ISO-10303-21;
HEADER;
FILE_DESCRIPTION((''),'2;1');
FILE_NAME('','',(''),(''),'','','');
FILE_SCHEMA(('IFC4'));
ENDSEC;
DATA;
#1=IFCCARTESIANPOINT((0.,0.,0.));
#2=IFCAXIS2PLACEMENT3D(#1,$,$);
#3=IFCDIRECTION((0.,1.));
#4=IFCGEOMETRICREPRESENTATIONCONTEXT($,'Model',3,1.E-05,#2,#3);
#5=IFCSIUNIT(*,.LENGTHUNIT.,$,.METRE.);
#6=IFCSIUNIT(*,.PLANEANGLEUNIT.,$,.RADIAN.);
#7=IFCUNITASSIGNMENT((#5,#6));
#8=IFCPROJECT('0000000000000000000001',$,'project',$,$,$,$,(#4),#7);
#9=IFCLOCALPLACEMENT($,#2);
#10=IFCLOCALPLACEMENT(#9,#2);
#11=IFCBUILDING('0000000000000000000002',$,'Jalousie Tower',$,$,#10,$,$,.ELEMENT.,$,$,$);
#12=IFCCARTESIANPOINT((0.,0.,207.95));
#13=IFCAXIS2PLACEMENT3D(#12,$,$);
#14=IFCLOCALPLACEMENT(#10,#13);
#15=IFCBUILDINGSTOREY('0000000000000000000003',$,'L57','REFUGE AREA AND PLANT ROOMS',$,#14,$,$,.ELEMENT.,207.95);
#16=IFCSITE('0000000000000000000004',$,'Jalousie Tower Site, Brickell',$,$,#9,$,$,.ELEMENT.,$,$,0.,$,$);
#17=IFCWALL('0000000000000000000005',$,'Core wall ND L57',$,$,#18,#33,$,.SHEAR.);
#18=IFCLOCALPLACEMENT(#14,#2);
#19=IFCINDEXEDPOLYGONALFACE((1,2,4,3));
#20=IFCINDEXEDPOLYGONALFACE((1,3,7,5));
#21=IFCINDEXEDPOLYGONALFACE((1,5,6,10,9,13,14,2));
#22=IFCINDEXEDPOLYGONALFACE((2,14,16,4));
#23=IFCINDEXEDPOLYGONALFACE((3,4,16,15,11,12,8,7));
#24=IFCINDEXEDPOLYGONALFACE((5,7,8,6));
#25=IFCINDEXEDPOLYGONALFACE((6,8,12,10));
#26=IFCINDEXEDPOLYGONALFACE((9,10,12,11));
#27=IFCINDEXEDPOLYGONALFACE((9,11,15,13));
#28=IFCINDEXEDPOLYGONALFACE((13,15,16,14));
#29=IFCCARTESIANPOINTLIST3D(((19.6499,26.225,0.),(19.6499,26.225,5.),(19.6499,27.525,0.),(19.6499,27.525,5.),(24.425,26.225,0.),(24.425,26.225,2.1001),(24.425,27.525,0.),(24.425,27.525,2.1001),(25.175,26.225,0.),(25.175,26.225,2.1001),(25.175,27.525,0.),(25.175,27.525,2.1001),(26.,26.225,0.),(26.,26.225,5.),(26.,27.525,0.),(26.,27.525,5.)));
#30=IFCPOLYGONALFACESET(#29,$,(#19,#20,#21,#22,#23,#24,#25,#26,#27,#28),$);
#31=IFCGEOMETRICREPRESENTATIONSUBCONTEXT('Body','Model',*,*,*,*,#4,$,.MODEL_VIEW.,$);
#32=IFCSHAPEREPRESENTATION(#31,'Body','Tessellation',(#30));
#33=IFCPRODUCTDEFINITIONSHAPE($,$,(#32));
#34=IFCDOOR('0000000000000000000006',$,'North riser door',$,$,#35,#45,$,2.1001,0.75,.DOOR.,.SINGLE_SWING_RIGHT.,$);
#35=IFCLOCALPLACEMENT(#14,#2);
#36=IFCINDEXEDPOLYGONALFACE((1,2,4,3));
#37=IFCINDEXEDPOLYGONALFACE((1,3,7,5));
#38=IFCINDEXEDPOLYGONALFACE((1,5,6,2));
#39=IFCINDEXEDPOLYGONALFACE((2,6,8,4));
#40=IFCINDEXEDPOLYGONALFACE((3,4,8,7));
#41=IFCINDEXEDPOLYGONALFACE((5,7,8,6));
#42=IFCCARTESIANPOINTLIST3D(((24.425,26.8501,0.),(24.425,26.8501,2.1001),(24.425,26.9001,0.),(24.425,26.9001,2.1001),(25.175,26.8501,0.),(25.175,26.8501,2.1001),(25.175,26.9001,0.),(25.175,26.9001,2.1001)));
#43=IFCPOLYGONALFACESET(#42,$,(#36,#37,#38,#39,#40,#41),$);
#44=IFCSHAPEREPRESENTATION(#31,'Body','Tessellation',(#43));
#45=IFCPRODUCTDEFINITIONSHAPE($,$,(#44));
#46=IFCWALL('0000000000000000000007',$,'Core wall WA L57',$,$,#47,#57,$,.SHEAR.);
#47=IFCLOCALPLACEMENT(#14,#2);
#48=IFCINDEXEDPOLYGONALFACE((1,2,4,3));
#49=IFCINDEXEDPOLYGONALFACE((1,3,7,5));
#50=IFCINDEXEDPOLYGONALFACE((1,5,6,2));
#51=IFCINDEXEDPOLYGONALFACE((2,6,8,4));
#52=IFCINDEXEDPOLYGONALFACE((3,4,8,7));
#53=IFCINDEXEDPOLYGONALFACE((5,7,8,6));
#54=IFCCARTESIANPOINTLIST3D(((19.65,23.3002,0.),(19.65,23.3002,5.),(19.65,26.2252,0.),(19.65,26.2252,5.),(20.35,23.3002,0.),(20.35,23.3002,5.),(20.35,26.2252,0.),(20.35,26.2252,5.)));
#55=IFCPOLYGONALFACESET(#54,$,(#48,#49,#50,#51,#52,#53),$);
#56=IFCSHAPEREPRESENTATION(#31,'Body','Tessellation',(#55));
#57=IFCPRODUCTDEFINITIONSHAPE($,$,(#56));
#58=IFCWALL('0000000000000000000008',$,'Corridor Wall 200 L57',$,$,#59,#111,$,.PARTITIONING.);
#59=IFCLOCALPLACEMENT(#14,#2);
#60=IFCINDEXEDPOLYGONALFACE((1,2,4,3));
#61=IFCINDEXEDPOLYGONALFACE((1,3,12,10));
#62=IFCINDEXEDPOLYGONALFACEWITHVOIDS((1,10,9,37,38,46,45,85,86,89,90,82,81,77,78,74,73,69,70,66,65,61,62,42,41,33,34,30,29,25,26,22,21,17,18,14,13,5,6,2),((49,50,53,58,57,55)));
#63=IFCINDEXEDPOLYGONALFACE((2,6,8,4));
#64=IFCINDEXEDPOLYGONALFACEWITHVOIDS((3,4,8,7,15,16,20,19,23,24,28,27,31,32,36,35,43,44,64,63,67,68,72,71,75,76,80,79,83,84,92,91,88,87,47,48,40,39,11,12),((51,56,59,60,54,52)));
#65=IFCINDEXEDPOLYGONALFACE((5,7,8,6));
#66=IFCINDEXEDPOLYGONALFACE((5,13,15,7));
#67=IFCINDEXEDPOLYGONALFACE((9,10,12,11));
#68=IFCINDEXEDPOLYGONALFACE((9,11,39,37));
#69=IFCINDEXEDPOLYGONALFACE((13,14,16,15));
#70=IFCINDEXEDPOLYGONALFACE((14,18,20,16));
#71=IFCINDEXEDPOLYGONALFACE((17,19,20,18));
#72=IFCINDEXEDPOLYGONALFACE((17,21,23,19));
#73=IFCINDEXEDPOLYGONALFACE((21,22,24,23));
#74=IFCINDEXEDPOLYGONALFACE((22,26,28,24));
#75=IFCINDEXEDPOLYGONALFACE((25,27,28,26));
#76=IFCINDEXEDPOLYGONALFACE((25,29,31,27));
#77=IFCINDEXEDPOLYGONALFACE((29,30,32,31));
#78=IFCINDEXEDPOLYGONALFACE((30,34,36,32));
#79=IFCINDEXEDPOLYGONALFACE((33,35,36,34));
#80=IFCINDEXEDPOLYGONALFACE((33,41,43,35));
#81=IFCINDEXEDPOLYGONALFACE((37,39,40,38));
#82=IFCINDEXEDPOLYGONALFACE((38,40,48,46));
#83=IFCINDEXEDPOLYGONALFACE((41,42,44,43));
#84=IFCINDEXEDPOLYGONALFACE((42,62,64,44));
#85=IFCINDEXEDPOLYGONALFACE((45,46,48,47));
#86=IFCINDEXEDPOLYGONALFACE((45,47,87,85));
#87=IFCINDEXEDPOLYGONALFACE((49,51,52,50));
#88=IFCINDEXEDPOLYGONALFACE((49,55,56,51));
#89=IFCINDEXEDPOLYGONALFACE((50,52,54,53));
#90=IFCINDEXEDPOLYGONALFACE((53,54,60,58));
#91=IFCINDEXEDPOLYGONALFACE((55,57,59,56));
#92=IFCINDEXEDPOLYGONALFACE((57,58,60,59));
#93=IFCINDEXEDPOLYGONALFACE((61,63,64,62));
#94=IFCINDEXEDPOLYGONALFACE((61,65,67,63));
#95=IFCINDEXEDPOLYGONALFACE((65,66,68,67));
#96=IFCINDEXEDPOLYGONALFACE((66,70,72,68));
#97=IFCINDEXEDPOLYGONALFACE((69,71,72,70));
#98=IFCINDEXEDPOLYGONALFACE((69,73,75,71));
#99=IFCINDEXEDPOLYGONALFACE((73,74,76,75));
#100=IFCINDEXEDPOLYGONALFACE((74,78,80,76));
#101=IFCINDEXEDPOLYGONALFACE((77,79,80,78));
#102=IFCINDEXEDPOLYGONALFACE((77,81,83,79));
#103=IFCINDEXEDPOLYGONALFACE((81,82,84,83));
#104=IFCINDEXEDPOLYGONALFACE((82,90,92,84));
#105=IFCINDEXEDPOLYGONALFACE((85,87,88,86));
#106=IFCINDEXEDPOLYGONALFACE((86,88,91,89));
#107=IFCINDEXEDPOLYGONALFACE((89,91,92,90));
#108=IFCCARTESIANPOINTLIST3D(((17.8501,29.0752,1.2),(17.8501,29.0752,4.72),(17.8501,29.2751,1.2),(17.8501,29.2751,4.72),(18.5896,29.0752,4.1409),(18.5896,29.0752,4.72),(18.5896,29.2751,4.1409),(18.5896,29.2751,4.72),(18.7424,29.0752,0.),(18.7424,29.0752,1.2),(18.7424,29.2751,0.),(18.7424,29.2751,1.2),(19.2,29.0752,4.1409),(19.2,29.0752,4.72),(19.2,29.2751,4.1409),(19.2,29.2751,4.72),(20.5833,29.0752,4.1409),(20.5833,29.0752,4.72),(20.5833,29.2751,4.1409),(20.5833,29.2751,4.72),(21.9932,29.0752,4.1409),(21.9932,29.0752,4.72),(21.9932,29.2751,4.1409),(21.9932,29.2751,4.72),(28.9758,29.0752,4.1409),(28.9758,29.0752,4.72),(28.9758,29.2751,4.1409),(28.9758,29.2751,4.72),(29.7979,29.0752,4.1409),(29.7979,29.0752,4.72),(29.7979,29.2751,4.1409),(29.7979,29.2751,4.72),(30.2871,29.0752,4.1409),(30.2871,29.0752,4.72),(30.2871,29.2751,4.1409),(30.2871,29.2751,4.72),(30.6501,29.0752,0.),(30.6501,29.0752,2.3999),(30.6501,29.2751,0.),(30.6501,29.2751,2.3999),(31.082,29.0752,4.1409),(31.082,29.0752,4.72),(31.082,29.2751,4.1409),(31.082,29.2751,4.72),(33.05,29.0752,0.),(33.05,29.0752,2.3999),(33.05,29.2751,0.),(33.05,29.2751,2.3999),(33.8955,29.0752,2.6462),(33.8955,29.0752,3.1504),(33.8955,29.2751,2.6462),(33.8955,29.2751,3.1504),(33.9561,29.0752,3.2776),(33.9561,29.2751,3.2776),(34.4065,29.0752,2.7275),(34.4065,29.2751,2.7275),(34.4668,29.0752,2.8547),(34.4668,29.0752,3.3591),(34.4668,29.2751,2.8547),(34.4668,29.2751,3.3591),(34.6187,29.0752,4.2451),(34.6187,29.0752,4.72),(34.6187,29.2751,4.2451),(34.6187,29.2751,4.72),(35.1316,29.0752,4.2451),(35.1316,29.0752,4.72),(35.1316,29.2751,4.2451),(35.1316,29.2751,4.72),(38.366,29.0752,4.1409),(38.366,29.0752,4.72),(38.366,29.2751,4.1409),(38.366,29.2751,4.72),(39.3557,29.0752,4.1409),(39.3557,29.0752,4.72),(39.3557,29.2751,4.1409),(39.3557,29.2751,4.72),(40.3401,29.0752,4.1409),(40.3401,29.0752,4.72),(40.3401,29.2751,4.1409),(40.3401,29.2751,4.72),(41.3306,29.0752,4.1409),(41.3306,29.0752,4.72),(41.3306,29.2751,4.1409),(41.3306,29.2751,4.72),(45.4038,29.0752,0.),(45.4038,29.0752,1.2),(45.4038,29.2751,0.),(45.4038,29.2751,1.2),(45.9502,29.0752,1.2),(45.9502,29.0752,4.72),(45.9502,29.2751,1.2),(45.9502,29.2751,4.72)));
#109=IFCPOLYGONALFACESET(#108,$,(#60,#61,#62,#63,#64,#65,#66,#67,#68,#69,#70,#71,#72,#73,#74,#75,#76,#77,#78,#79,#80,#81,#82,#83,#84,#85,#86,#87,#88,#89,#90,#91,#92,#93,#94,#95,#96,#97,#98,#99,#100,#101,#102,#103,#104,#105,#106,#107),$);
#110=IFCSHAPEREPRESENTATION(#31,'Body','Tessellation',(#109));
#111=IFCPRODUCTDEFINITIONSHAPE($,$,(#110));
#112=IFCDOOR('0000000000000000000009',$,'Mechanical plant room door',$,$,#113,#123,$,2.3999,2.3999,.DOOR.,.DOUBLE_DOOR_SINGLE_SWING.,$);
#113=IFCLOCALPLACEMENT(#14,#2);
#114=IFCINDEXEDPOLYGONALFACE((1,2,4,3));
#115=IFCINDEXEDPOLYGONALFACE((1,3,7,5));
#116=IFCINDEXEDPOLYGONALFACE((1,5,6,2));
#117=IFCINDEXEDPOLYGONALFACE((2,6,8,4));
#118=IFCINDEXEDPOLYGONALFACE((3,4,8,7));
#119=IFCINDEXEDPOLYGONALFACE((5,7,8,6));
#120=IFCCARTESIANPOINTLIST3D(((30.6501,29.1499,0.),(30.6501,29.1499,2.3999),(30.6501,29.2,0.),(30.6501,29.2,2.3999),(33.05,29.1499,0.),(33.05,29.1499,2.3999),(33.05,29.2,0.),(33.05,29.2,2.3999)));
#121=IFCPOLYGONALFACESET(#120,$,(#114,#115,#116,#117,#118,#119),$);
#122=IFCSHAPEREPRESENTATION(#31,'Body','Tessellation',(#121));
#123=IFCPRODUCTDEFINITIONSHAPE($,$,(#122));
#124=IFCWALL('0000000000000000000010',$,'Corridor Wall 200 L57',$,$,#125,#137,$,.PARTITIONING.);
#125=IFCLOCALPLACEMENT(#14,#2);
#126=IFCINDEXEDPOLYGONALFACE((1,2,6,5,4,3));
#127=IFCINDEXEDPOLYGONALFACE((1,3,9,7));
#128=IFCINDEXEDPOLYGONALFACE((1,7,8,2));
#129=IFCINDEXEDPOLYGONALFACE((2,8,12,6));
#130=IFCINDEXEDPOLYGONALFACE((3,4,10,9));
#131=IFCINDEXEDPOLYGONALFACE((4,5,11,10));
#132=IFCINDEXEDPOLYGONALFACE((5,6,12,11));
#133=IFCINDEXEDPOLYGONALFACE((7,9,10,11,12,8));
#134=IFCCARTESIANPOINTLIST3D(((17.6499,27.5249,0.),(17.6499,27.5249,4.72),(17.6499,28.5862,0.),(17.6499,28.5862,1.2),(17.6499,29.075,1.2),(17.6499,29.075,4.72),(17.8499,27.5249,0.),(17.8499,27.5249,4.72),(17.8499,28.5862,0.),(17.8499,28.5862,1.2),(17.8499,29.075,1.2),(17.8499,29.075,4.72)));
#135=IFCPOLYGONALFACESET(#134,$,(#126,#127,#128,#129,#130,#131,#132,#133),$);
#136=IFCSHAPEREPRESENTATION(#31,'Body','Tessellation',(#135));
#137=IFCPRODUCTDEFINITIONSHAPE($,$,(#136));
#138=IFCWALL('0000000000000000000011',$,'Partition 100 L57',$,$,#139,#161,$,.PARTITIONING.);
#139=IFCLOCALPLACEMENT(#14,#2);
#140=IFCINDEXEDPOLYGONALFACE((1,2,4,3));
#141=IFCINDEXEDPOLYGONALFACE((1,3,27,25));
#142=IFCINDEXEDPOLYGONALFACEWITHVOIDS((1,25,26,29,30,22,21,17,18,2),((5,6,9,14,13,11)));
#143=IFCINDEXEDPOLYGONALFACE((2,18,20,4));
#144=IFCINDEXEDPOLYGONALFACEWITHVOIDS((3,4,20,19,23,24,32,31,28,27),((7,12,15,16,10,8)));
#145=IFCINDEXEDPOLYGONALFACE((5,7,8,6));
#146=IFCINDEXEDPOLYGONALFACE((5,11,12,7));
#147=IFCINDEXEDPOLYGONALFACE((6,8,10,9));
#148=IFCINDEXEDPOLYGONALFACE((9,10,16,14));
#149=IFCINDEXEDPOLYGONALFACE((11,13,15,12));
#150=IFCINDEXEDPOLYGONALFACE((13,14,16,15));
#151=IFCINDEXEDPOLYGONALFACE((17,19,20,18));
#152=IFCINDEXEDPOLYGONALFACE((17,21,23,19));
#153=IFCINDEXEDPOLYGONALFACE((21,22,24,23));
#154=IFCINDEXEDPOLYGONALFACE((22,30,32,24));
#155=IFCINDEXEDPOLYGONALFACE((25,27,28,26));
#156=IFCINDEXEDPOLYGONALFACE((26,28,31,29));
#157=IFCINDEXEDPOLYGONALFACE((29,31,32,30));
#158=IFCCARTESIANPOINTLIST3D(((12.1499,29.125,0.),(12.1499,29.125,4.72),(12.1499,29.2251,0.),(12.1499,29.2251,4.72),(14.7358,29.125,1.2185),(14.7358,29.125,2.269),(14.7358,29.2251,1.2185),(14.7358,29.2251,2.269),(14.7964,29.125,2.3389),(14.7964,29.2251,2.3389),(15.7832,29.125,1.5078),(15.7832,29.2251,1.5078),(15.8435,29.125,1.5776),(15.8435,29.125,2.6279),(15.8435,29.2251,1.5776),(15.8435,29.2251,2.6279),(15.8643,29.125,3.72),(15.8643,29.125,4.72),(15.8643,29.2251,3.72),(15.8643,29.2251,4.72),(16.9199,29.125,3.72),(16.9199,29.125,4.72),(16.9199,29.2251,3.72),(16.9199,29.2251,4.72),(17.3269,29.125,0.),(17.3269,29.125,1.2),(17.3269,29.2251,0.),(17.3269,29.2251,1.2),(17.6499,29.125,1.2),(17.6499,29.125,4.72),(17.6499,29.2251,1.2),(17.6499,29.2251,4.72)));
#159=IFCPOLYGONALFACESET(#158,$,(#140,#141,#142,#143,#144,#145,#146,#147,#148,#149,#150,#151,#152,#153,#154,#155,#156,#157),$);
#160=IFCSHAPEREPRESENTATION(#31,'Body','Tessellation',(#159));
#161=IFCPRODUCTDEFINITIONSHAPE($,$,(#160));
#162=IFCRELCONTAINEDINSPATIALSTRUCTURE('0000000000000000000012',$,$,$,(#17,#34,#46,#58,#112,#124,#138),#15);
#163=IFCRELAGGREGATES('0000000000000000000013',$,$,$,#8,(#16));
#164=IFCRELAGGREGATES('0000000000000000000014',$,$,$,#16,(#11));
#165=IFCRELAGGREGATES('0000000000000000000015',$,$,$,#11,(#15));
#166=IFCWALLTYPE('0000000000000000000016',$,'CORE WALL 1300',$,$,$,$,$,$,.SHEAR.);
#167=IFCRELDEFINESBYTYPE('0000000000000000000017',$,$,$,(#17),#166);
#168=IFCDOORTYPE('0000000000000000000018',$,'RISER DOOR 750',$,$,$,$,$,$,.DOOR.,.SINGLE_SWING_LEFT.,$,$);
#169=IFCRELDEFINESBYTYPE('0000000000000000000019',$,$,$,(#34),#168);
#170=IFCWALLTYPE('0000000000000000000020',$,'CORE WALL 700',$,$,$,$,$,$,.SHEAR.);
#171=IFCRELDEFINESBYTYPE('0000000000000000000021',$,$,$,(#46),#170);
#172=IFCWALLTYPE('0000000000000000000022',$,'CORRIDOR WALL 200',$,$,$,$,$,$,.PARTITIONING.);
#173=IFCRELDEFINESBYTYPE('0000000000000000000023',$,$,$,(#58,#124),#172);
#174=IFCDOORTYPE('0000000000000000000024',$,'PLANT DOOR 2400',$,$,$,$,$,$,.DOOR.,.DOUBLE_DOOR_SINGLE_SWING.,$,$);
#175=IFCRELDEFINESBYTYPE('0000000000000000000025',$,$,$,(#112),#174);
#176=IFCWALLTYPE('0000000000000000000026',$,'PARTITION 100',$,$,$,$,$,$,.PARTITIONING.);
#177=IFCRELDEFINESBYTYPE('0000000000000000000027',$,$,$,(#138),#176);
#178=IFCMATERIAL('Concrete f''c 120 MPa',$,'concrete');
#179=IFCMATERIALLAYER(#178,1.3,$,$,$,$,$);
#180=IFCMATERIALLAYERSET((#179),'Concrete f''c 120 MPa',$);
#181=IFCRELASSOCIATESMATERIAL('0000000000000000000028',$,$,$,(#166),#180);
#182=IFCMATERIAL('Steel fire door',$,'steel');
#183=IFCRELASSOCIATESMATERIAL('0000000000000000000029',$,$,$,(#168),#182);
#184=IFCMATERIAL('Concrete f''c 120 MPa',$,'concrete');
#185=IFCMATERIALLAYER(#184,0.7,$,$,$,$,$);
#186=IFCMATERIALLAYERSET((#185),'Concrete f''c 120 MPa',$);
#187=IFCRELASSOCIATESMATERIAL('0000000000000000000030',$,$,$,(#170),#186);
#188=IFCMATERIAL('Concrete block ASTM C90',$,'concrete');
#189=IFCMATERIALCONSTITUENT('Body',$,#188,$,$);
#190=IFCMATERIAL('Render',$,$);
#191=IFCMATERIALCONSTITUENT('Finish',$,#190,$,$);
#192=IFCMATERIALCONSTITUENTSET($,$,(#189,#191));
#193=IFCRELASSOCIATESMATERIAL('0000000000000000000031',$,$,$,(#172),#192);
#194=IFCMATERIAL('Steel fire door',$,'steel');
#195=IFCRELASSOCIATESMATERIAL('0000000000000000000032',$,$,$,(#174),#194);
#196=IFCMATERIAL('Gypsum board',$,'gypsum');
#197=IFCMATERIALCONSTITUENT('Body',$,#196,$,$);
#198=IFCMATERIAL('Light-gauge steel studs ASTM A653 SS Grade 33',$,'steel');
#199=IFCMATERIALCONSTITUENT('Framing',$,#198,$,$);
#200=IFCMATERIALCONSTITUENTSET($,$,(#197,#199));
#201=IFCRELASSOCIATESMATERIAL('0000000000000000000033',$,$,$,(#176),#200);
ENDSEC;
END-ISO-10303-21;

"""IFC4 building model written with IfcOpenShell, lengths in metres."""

from ifc_helpers import new_model, si_unit, direction, frame, frame_2d, origin, place, context, subcontext, project, spatial, polyline, rectangle, outline, extrude, material, layer, layer_set, constituent, constituent_set, type_object, element, fill, save


model = new_model("IFC4")

# Units and contexts
model_context = context("Model", 3, precision=1e-05, world=origin(), true_north=direction((0.0, 1.0)))
body_context = subcontext(model_context, "Body", "Model", "MODEL_VIEW")
ifc_project = project(units=[si_unit("LENGTHUNIT", "METRE"), si_unit("PLANEANGLEUNIT", "RADIAN")], contexts=[model_context])

# Site, building, storey
site_placement = place(None, origin())
site = spatial("IfcSite", under=ifc_project, at=site_placement, Name="Jalousie Tower Site, Brickell", CompositionType="ELEMENT", RefElevation=0.0)
building_placement = place(site_placement, origin())
building = spatial("IfcBuilding", under=site, at=building_placement, Name="Jalousie Tower", CompositionType="ELEMENT")
storey_placement = place(building_placement, frame((0.0, 0.0, 207.95)))
storey = spatial("IfcBuildingStorey", under=building, at=storey_placement, Name="L57", Description="REFUGE AREA AND PLANT ROOMS", CompositionType="ELEMENT", Elevation=207.95)

# Wall, opening, door
ifc_material_1 = material(Name="Concrete f'c 120 MPa", Category="concrete")
ifc_layer_1 = layer(ifc_material_1, 1.3)
ifc_layer_set_1 = layer_set([ifc_layer_1], Name="Concrete f'c 120 MPa")
wall_type_1 = type_object("IfcWallType", Name="CORE WALL 1300", PredefinedType="SHEAR", material=ifc_layer_set_1)
wall_1_placement = place(storey_placement, frame((26.0, 26.875, 0.0), z_axis=(0.0, 0.0, 1.0), x_axis=(-1.0, 0.0, 0.0)))
wall_1 = element("IfcWall", 1, at=wall_1_placement, inside=storey, type_object=wall_type_1, Name="Core wall ND L57", PredefinedType="SHEAR", context=body_context, shape_type="SweptSolid", body=[
    extrude(rectangle(XDim=6.3501, YDim=1.3, at=frame_2d((3.175, 0.0))), origin(), (0.0, 0.0, 1.0), 5.0),
])
opening_1_placement = place(wall_1_placement, frame((0.825, 0.0, 0.0)))
opening_1 = element("IfcOpeningElement", 2, at=opening_1_placement, cuts=wall_1, PredefinedType="OPENING", context=body_context, shape_type="SweptSolid", body=[
    extrude(rectangle(XDim=0.75, YDim=2.1001, at=frame_2d((0.375, 1.05))), frame((0.0, 0.6599, 0.0), z_axis=(0.0, -1.0, 0.0), x_axis=(1.0, 0.0, 0.0)), (0.0, 0.0, 1.0), 1.3201),
])
ifc_material_2 = material(Name="Steel fire door", Category="steel")
door_type_1 = type_object("IfcDoorType", Name="RISER DOOR 750", OperationType="SINGLE_SWING_LEFT", PredefinedType="DOOR", material=ifc_material_2)
door_1_placement = place(opening_1_placement, origin())
door_1 = element("IfcDoor", 3, at=door_1_placement, inside=storey, type_object=door_type_1, Name="North riser door", OperationType="SINGLE_SWING_RIGHT", OverallHeight=2.1001, OverallWidth=0.75, PredefinedType="DOOR", context=body_context, shape_type="SweptSolid", body=[
    extrude(rectangle(XDim=0.75, YDim=2.1001, at=frame_2d((0.375, 1.05))), frame((0.0, 0.0249, 0.0), z_axis=(0.0, -1.0, 0.0), x_axis=(1.0, 0.0, 0.0)), (0.0, 0.0, 1.0), 0.05),
])
fill(opening_1, door_1)

# Wall
ifc_material_3 = material(Name="Concrete f'c 120 MPa", Category="concrete")
ifc_layer_2 = layer(ifc_material_3, 0.7)
ifc_layer_set_2 = layer_set([ifc_layer_2], Name="Concrete f'c 120 MPa")
wall_type_2 = type_object("IfcWallType", Name="CORE WALL 700", PredefinedType="SHEAR", material=ifc_layer_set_2)
wall_2_placement = place(storey_placement, frame((20.0, 26.2251, 0.0), z_axis=(0.0, 0.0, 1.0), x_axis=(0.0, -1.0, 0.0)))
element("IfcWall", 4, at=wall_2_placement, inside=storey, type_object=wall_type_2, Name="Core wall WA L57", PredefinedType="SHEAR", context=body_context, shape_type="SweptSolid", body=[
    extrude(rectangle(XDim=2.925, YDim=0.7, at=frame_2d((1.4624, 0.0))), origin(), (0.0, 0.0, 1.0), 5.0),
])

# Wall, opening, door
ifc_material_4 = material(Name="Concrete block ASTM C90", Category="concrete")
ifc_constituent_1 = constituent(ifc_material_4, Name="Body")
ifc_material_5 = material(Name="Render")
ifc_constituent_2 = constituent(ifc_material_5, Name="Finish")
ifc_constituent_set_1 = constituent_set(constituents=[ifc_constituent_1, ifc_constituent_2])
wall_type_3 = type_object("IfcWallType", Name="CORRIDOR WALL 200", PredefinedType="PARTITIONING", material=ifc_constituent_set_1)
wall_3_placement = place(storey_placement, frame((17.8501, 29.175, 0.0), z_axis=(0.0, 0.0, 1.0), x_axis=(1.0, 0.0, 0.0)))
wall_3 = element("IfcWall", 5, at=wall_3_placement, inside=storey, type_object=wall_type_3, Name="Corridor Wall 200 L57", PredefinedType="PARTITIONING", context=body_context, shape_type="SweptSolid", body=[
    extrude(outline(polyline([(28.1001, 1.2), (28.1001, 4.72), (23.4805, 4.72), (23.4805, 4.1409), (22.49, 4.1409), (22.49, 4.72), (21.5056, 4.72), (21.5056, 4.1409), (20.5159, 4.1409), (20.5159, 4.72), (17.2815, 4.72), (17.2815, 4.2451), (16.7686, 4.2451), (16.7686, 4.72), (13.2319, 4.72), (13.2319, 4.1409), (12.437, 4.1409), (12.437, 4.72), (11.9478, 4.72), (11.9478, 4.1409), (11.1257, 4.1409), (11.1257, 4.72), (4.1431, 4.72), (4.1431, 4.1409), (2.7332, 4.1409), (2.7332, 4.72), (1.3499, 4.72), (1.3499, 4.1409), (0.7395, 4.1409), (0.7395, 4.72), (0.0, 4.72), (0.0, 1.2), (0.8923, 1.2), (0.8923, 0.0), (27.5537, 0.0), (27.5537, 1.2), (28.1001, 1.2)]), holes=[polyline([(16.106, 3.2776), (16.6167, 3.3591), (16.6167, 2.8547), (16.5564, 2.7275), (16.0454, 2.6462), (16.0454, 3.1504), (16.106, 3.2776)])]), frame((0.0, 0.1001, 0.0), z_axis=(0.0, -1.0, 0.0), x_axis=(1.0, 0.0, 0.0)), (0.0, 0.0, 1.0), 0.2),
])
opening_2_placement = place(wall_3_placement, frame((12.8, 0.0, 0.0)))
opening_2 = element("IfcOpeningElement", 6, at=opening_2_placement, cuts=wall_3, PredefinedType="OPENING", context=body_context, shape_type="SweptSolid", body=[
    extrude(rectangle(XDim=2.3999, YDim=2.3999, at=frame_2d((1.2, 1.2))), frame((0.0, 0.1099, 0.0), z_axis=(0.0, -1.0, 0.0), x_axis=(1.0, 0.0, 0.0)), (0.0, 0.0, 1.0), 0.22),
])
ifc_material_6 = material(Name="Steel fire door", Category="steel")
door_type_2 = type_object("IfcDoorType", Name="PLANT DOOR 2400", OperationType="DOUBLE_DOOR_SINGLE_SWING", PredefinedType="DOOR", material=ifc_material_6)
door_2_placement = place(opening_2_placement, origin())
door_2 = element("IfcDoor", 7, at=door_2_placement, inside=storey, type_object=door_type_2, Name="Mechanical plant room door", OperationType="DOUBLE_DOOR_SINGLE_SWING", OverallHeight=2.3999, OverallWidth=2.3999, PredefinedType="DOOR", context=body_context, shape_type="SweptSolid", body=[
    extrude(rectangle(XDim=2.3999, YDim=2.3999, at=frame_2d((1.2, 1.2))), frame((0.0, 0.0249, 0.0), z_axis=(0.0, -1.0, 0.0), x_axis=(1.0, 0.0, 0.0)), (0.0, 0.0, 1.0), 0.05),
])
fill(opening_2, door_2)

# Walls
wall_4_placement = place(storey_placement, frame((17.75, 27.5249, 0.0), z_axis=(0.0, 0.0, 1.0), x_axis=(0.0, 1.0, 0.0)))
element("IfcWall", 8, at=wall_4_placement, inside=storey, type_object=wall_type_3, Name="Corridor Wall 200 L57", PredefinedType="PARTITIONING", context=body_context, shape_type="SweptSolid", body=[
    extrude(outline(polyline([(0.0, 4.72), (0.0, 0.0), (1.0613, 0.0), (1.0613, 1.2), (1.55, 1.2), (1.55, 4.72), (0.0, 4.72)])), frame((0.0, 0.1001, 0.0), z_axis=(0.0, -1.0, 0.0), x_axis=(1.0, 0.0, 0.0)), (0.0, 0.0, 1.0), 0.2),
])
ifc_material_7 = material(Name="Gypsum board", Category="gypsum")
ifc_constituent_3 = constituent(ifc_material_7, Name="Body")
ifc_material_8 = material(Name="Light-gauge steel studs ASTM A653 SS Grade 33", Category="steel")
ifc_constituent_4 = constituent(ifc_material_8, Name="Framing")
ifc_constituent_set_2 = constituent_set(constituents=[ifc_constituent_3, ifc_constituent_4])
wall_type_4 = type_object("IfcWallType", Name="PARTITION 100", PredefinedType="PARTITIONING", material=ifc_constituent_set_2)
wall_5_placement = place(storey_placement, frame((12.1499, 29.175, 0.0), z_axis=(0.0, 0.0, 1.0), x_axis=(1.0, 0.0, 0.0)))
element("IfcWall", 9, at=wall_5_placement, inside=storey, type_object=wall_type_4, Name="Partition 100 L57", PredefinedType="PARTITIONING", context=body_context, shape_type="SweptSolid", body=[
    extrude(outline(polyline([(5.5, 1.2), (5.5, 4.72), (4.77, 4.72), (4.77, 3.72), (3.7144, 3.72), (3.7144, 4.72), (0.0, 4.72), (0.0, 0.0), (5.177, 0.0), (5.177, 1.2), (5.5, 1.2)]), holes=[polyline([(2.5859, 1.2185), (2.5859, 2.269), (2.6465, 2.3389), (3.6936, 2.6279), (3.6936, 1.5776), (3.6333, 1.5078), (2.5859, 1.2185)])]), frame((0.0, 0.05, 0.0), z_axis=(0.0, -1.0, 0.0), x_axis=(1.0, 0.0, 0.0)), (0.0, 0.0, 1.0), 0.1001),
])

save(model, "model.ifc")
